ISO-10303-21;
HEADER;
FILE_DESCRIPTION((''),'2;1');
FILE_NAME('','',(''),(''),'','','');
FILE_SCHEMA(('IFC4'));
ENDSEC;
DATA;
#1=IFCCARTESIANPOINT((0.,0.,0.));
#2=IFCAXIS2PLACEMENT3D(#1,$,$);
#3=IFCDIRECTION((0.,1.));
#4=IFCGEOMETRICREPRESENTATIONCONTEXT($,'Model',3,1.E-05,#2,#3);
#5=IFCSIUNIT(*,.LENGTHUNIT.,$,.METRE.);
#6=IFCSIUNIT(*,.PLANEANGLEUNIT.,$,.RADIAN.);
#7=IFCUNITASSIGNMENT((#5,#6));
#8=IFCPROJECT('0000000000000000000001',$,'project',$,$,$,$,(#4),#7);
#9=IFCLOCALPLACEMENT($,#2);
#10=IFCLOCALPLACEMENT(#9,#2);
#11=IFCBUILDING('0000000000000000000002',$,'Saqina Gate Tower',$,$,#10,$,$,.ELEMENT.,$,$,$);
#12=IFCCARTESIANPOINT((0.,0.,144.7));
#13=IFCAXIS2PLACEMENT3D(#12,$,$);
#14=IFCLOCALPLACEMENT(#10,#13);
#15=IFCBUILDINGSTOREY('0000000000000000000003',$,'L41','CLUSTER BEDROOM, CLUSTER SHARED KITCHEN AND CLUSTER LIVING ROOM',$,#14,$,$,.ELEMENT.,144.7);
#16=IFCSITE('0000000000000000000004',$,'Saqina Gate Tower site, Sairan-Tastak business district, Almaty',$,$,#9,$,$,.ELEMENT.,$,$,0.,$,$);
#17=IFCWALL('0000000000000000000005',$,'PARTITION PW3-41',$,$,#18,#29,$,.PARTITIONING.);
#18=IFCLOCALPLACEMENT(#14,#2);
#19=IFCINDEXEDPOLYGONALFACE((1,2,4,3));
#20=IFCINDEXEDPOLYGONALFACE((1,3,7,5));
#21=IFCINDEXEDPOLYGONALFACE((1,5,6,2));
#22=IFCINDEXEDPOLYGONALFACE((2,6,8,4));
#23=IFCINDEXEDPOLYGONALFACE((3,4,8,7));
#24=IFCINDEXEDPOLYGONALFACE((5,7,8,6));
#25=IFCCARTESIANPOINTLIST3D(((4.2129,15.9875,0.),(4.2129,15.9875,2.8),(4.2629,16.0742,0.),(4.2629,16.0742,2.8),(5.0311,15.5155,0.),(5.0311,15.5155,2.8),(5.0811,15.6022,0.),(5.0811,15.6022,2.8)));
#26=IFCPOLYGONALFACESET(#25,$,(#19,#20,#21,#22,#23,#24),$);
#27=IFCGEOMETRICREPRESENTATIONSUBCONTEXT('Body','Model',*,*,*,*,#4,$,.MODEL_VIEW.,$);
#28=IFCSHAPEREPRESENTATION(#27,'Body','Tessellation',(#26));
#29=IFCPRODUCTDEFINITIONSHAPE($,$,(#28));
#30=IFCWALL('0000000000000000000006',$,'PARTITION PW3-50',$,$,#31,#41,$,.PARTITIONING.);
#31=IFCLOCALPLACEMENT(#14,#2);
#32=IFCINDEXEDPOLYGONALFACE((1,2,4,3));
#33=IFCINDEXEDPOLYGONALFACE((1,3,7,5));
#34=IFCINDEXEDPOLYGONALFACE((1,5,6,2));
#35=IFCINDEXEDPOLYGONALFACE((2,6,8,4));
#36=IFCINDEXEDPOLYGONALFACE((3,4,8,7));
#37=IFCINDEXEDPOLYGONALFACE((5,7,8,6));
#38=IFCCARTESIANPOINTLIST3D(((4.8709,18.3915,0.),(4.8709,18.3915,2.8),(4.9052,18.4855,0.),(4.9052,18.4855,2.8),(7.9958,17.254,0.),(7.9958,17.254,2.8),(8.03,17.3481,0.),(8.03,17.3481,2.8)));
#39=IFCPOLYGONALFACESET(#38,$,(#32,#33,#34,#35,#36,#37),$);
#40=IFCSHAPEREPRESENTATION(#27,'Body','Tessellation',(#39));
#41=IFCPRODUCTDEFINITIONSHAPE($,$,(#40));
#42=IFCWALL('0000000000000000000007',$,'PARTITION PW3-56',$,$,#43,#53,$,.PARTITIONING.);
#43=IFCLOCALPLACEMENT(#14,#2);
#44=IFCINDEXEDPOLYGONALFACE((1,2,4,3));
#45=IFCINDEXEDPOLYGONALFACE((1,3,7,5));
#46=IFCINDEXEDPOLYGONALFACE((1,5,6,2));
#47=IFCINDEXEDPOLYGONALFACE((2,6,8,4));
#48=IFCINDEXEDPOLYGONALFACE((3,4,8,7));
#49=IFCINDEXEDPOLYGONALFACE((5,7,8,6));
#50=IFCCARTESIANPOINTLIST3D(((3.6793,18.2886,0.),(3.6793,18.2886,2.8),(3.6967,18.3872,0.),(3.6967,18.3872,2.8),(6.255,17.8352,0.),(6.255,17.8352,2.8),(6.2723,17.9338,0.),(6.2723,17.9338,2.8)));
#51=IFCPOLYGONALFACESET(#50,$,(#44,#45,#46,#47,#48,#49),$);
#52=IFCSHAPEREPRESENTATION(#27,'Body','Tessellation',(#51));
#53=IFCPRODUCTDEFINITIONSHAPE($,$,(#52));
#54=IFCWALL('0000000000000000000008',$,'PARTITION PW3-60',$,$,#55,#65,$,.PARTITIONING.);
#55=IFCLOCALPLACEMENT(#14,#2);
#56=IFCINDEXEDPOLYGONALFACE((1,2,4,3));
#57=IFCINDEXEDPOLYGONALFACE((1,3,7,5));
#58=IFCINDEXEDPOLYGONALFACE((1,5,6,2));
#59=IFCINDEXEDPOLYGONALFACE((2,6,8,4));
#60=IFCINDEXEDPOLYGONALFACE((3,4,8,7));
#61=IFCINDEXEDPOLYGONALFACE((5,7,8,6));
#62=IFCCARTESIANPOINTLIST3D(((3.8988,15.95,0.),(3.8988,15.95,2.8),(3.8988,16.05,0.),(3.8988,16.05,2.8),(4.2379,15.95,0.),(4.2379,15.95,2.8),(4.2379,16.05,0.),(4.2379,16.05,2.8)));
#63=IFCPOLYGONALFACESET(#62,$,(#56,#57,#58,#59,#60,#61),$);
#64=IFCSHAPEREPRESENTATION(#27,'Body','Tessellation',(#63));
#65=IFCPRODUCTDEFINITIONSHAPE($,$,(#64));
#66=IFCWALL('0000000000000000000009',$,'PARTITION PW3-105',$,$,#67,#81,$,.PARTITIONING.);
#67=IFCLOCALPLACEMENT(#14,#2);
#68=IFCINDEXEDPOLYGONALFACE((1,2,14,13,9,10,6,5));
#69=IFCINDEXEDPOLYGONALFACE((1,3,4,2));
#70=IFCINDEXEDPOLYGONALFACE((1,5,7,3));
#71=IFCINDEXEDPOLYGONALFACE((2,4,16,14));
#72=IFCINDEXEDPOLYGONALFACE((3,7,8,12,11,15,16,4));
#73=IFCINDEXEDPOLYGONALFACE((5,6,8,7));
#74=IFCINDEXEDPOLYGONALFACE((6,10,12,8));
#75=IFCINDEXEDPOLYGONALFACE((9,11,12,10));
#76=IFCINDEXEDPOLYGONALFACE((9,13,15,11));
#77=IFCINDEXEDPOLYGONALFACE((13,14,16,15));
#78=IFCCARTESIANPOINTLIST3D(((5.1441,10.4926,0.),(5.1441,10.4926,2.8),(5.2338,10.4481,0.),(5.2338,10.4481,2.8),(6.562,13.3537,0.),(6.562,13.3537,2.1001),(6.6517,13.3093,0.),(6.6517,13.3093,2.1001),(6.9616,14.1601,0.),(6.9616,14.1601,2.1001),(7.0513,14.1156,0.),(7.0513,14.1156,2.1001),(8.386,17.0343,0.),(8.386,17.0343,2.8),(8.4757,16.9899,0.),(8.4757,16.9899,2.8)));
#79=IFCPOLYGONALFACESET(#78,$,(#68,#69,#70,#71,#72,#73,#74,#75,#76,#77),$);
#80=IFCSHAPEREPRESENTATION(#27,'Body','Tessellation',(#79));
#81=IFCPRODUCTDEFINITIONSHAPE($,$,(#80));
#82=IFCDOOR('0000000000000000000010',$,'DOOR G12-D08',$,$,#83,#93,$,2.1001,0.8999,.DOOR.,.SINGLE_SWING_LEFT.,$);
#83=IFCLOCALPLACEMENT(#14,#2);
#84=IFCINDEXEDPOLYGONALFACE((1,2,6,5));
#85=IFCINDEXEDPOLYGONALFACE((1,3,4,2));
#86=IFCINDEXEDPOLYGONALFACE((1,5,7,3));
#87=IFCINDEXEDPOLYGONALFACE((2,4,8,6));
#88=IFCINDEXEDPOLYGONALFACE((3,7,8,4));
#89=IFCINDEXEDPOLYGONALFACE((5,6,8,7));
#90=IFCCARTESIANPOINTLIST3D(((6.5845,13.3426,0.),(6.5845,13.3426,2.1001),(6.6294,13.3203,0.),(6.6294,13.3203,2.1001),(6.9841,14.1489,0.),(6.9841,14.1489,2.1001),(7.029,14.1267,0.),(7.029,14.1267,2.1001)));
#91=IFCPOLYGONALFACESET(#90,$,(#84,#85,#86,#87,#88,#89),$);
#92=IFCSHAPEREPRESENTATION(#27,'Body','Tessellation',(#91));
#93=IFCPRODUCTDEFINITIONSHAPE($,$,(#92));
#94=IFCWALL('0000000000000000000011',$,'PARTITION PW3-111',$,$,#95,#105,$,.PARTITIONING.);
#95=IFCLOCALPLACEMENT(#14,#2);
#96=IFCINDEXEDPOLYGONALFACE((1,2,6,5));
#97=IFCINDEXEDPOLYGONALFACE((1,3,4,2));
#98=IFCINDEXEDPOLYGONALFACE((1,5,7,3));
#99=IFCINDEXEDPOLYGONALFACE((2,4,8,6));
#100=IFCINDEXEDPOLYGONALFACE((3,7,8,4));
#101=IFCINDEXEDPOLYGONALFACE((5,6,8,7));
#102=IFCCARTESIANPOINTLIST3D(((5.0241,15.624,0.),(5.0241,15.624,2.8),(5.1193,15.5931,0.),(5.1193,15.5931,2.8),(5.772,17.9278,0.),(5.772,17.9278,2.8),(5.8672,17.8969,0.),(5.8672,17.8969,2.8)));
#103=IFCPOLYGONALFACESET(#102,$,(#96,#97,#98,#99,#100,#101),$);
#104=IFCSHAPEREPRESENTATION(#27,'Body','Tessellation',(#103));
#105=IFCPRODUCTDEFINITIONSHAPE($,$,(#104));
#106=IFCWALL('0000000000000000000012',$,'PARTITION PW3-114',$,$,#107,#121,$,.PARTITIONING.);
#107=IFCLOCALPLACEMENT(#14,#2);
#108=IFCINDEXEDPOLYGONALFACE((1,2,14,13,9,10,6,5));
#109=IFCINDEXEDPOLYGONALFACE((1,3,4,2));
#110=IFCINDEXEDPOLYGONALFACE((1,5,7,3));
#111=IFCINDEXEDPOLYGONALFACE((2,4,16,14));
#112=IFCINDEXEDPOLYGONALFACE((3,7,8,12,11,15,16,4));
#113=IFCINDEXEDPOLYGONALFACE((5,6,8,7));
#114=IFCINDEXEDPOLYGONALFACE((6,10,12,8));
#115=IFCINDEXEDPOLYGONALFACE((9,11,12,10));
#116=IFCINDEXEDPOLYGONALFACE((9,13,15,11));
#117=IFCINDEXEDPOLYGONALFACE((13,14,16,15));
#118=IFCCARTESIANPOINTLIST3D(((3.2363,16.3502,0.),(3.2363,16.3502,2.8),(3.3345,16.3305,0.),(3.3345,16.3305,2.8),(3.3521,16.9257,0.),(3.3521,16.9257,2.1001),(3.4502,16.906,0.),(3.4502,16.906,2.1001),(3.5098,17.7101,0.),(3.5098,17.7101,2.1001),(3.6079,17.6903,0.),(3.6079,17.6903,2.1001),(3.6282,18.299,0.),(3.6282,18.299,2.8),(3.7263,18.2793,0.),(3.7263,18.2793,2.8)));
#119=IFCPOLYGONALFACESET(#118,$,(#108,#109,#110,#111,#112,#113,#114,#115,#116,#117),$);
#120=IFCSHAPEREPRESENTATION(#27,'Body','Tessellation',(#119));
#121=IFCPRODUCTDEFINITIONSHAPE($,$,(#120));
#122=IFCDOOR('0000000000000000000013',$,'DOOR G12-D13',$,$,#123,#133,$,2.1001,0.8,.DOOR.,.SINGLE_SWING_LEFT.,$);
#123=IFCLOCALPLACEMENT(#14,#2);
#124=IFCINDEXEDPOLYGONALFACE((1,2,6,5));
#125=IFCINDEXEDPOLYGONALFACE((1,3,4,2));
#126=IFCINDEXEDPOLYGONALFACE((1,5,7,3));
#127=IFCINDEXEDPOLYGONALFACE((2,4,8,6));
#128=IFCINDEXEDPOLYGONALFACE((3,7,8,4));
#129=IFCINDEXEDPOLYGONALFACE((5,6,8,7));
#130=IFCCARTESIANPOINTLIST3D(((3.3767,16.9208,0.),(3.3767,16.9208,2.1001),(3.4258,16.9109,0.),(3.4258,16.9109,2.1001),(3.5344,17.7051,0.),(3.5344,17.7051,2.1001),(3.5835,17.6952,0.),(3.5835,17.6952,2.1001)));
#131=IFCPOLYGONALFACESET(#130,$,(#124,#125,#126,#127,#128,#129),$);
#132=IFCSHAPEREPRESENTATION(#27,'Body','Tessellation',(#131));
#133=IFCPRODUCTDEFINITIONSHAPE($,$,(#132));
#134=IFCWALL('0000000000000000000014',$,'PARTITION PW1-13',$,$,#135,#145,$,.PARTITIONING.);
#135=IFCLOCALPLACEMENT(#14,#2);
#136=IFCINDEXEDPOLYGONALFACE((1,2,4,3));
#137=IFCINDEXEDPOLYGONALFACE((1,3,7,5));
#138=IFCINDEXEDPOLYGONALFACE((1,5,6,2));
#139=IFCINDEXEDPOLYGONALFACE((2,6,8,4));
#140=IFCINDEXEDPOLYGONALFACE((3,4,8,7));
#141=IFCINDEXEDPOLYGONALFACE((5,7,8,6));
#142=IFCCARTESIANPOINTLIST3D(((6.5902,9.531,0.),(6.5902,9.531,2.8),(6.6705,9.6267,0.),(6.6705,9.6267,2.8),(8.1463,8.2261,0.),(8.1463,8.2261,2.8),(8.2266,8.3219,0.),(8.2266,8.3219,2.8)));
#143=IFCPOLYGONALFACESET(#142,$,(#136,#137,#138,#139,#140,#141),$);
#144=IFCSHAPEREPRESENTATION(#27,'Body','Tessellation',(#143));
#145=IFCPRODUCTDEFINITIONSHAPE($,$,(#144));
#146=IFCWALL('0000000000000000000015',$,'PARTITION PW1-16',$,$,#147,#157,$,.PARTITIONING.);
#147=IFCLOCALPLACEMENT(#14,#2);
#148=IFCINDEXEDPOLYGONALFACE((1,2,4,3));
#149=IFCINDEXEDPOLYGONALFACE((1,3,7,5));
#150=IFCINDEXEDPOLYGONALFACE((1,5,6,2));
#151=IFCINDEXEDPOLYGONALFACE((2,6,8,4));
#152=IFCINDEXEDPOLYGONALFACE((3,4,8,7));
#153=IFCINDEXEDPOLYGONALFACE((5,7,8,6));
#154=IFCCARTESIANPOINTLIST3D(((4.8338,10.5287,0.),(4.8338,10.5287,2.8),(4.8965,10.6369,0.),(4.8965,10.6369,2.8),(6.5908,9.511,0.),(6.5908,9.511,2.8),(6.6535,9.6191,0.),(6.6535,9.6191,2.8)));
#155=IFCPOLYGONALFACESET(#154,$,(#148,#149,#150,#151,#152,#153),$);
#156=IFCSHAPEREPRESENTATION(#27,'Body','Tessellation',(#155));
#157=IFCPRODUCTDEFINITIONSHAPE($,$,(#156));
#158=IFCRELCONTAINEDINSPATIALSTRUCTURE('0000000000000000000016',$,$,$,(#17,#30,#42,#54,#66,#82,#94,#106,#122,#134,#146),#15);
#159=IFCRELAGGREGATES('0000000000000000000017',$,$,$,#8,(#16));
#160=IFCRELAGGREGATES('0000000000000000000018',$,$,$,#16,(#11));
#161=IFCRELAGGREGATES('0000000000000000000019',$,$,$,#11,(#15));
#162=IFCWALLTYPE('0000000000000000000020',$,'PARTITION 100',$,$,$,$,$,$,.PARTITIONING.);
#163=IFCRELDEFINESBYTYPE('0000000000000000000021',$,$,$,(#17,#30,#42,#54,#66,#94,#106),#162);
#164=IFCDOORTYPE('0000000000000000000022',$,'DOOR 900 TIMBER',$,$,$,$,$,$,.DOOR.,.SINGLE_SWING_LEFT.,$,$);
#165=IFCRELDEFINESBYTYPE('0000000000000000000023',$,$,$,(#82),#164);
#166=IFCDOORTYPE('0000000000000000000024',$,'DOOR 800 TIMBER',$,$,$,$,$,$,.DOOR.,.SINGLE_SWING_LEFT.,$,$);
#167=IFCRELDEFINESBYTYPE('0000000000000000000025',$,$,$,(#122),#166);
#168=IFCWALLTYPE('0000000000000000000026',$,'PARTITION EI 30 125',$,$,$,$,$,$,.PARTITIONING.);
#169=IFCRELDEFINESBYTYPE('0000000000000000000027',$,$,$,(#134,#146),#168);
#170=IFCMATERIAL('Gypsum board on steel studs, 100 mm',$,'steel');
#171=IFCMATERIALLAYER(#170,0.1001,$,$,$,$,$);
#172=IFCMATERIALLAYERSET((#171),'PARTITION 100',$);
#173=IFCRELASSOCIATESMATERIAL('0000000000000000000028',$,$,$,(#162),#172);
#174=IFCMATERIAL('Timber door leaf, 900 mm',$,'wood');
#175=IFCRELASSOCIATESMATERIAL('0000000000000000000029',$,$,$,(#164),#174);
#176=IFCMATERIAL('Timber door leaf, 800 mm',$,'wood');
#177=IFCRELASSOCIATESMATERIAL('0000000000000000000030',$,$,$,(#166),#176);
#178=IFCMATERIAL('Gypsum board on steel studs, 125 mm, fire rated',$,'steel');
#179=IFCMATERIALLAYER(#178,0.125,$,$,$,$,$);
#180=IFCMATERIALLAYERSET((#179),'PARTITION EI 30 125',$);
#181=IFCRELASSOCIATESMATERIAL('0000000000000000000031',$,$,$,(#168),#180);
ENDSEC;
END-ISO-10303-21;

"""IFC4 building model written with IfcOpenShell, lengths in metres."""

from ifc_helpers import new_model, si_unit, direction, frame, frame_2d, origin, place, context, subcontext, project, spatial, rectangle, extrude, material, layer, layer_set, type_object, element, fill, save


model = new_model("IFC4")

# Units and contexts
model_context = context("Model", 3, precision=1e-05, world=origin(), true_north=direction((0.0, 1.0)))
body_context = subcontext(model_context, "Body", "Model", "MODEL_VIEW")
ifc_project = project(units=[si_unit("LENGTHUNIT", "METRE"), si_unit("PLANEANGLEUNIT", "RADIAN")], contexts=[model_context])

# Site, building, storey
site_placement = place(None, origin())
site = spatial("IfcSite", under=ifc_project, at=site_placement, Name="Saqina Gate Tower site, Sairan-Tastak business district, Almaty", CompositionType="ELEMENT", RefElevation=0.0)
building_placement = place(site_placement, origin())
building = spatial("IfcBuilding", under=site, at=building_placement, Name="Saqina Gate Tower", CompositionType="ELEMENT")
storey_placement = place(building_placement, frame((0.0, 0.0, 144.7)))
storey = spatial("IfcBuildingStorey", under=building, at=storey_placement, Name="L41", Description="CLUSTER BEDROOM, CLUSTER SHARED KITCHEN AND CLUSTER LIVING ROOM", CompositionType="ELEMENT", Elevation=144.7)

# Walls
ifc_material_1 = material(Name="Gypsum board on steel studs, 100 mm", Category="steel")
ifc_layer_1 = layer(ifc_material_1, 0.1001)
ifc_layer_set_1 = layer_set([ifc_layer_1], Name="PARTITION 100")
wall_type_1 = type_object("IfcWallType", Name="PARTITION 100", PredefinedType="PARTITIONING", material=ifc_layer_set_1)
wall_1_placement = place(storey_placement, frame((4.238, 16.0308, 0.0), z_axis=(0.0, 0.0, 1.0), x_axis=(0.866216, -0.49967, 0.0)))
element("IfcWall", 1, at=wall_1_placement, inside=storey, type_object=wall_type_1, Name="PARTITION PW3-41", PredefinedType="PARTITIONING", context=body_context, shape_type="SweptSolid", body=[
    extrude(rectangle(XDim=0.9446, YDim=0.1001, at=frame_2d((0.4722, 0.0))), origin(), (0.0, 0.0, 1.0), 2.8),
])
wall_2_placement = place(storey_placement, frame((4.8882, 18.4385, 0.0), z_axis=(0.0, 0.0, 1.0), x_axis=(0.93968, -0.342055, 0.0)))
element("IfcWall", 2, at=wall_2_placement, inside=storey, type_object=wall_type_1, Name="PARTITION PW3-50", PredefinedType="PARTITIONING", context=body_context, shape_type="SweptSolid", body=[
    extrude(rectangle(XDim=3.3254, YDim=0.1001, at=frame_2d((1.6626, 0.0))), origin(), (0.0, 0.0, 1.0), 2.8),
])
wall_3_placement = place(storey_placement, frame((3.688, 18.3379, 0.0), z_axis=(0.0, 0.0, 1.0), x_axis=(0.98486, -0.173354, 0.0)))
element("IfcWall", 3, at=wall_3_placement, inside=storey, type_object=wall_type_1, Name="PARTITION PW3-56", PredefinedType="PARTITIONING", context=body_context, shape_type="SweptSolid", body=[
    extrude(rectangle(XDim=2.6152, YDim=0.1001, at=frame_2d((1.3076, 0.0))), origin(), (0.0, 0.0, 1.0), 2.8),
])
wall_4_placement = place(storey_placement, frame((3.8989, 16.0, 0.0), z_axis=(0.0, 0.0, 1.0), x_axis=(1.0, 0.0, 0.0)))
element("IfcWall", 4, at=wall_4_placement, inside=storey, type_object=wall_type_1, Name="PARTITION PW3-60", PredefinedType="PARTITIONING", context=body_context, shape_type="SweptSolid", body=[
    extrude(rectangle(XDim=0.3391, YDim=0.1001, at=frame_2d((0.1694, 0.0))), origin(), (0.0, 0.0, 1.0), 2.8),
])

# Wall, opening, door
wall_5_placement = place(storey_placement, frame((5.189, 10.4705, 0.0), z_axis=(0.0, 0.0, 1.0), x_axis=(0.444041, 0.896007, 0.0)))
wall_5 = element("IfcWall", 5, at=wall_5_placement, inside=storey, type_object=wall_type_1, Name="PARTITION PW3-105", PredefinedType="PARTITIONING", context=body_context, shape_type="SweptSolid", body=[
    extrude(rectangle(XDim=7.301, YDim=0.1001, at=frame_2d((3.6504, 0.0))), origin(), (0.0, 0.0, 1.0), 2.8),
])
opening_1_placement = place(wall_5_placement, frame((3.1931, 0.0, 0.0)))
opening_1 = element("IfcOpeningElement", 6, at=opening_1_placement, cuts=wall_5, PredefinedType="OPENING", context=body_context, shape_type="SweptSolid", body=[
    extrude(rectangle(XDim=0.8999, YDim=2.1001, at=frame_2d((0.45, 1.05))), frame((0.0, 0.062, 0.0), z_axis=(0.0, -1.0, 0.0), x_axis=(1.0, 0.0, 0.0)), (0.0, 0.0, 1.0), 0.124),
])
ifc_material_2 = material(Name="Timber door leaf, 900 mm", Category="wood")
door_type_1 = type_object("IfcDoorType", Name="DOOR 900 TIMBER", OperationType="SINGLE_SWING_LEFT", PredefinedType="DOOR", material=ifc_material_2)
door_1_placement = place(opening_1_placement, origin())
door_1 = element("IfcDoor", 7, at=door_1_placement, inside=storey, type_object=door_type_1, Name="DOOR G12-D08", OperationType="SINGLE_SWING_LEFT", OverallHeight=2.1001, OverallWidth=0.8999, PredefinedType="DOOR", context=body_context, shape_type="SweptSolid", body=[
    extrude(rectangle(XDim=0.8999, YDim=2.1001, at=frame_2d((0.45, 1.05))), frame((0.0, 0.0249, 0.0), z_axis=(0.0, -1.0, 0.0), x_axis=(1.0, 0.0, 0.0)), (0.0, 0.0, 1.0), 0.05),
])
fill(opening_1, door_1)

# Wall
wall_6_placement = place(storey_placement, frame((5.0718, 15.6086, 0.0), z_axis=(0.0, 0.0, 1.0), x_axis=(0.308749, 0.951144, 0.0)))
element("IfcWall", 8, at=wall_6_placement, inside=storey, type_object=wall_type_1, Name="PARTITION PW3-111", PredefinedType="PARTITIONING", context=body_context, shape_type="SweptSolid", body=[
    extrude(rectangle(XDim=2.4221, YDim=0.1001, at=frame_2d((1.2109, 0.0))), origin(), (0.0, 0.0, 1.0), 2.8),
])

# Wall, opening, door
wall_7_placement = place(storey_placement, frame((3.2854, 16.3403, 0.0), z_axis=(0.0, 0.0, 1.0), x_axis=(0.197132, 0.980377, 0.0)))
wall_7 = element("IfcWall", 9, at=wall_7_placement, inside=storey, type_object=wall_type_1, Name="PARTITION PW3-114", PredefinedType="PARTITIONING", context=body_context, shape_type="SweptSolid", body=[
    extrude(rectangle(XDim=1.9878, YDim=0.1001, at=frame_2d((0.9939, 0.0))), origin(), (0.0, 0.0, 1.0), 2.8),
])
opening_2_placement = place(wall_7_placement, frame((0.5872, 0.0, 0.0)))
opening_2 = element("IfcOpeningElement", 10, at=opening_2_placement, cuts=wall_7, PredefinedType="OPENING", context=body_context, shape_type="SweptSolid", body=[
    extrude(rectangle(XDim=0.8, YDim=2.1001, at=frame_2d((0.3999, 1.05))), frame((0.0, 0.062, 0.0), z_axis=(0.0, -1.0, 0.0), x_axis=(1.0, 0.0, 0.0)), (0.0, 0.0, 1.0), 0.124),
])
ifc_material_3 = material(Name="Timber door leaf, 800 mm", Category="wood")
door_type_2 = type_object("IfcDoorType", Name="DOOR 800 TIMBER", OperationType="SINGLE_SWING_LEFT", PredefinedType="DOOR", material=ifc_material_3)
door_2_placement = place(opening_2_placement, origin())
door_2 = element("IfcDoor", 11, at=door_2_placement, inside=storey, type_object=door_type_2, Name="DOOR G12-D13", OperationType="SINGLE_SWING_LEFT", OverallHeight=2.1001, OverallWidth=0.8, PredefinedType="DOOR", context=body_context, shape_type="SweptSolid", body=[
    extrude(rectangle(XDim=0.8, YDim=2.1001, at=frame_2d((0.3999, 1.05))), frame((0.0, 0.0249, 0.0), z_axis=(0.0, -1.0, 0.0), x_axis=(1.0, 0.0, 0.0)), (0.0, 0.0, 1.0), 0.05),
])
fill(opening_2, door_2)

# Walls
ifc_material_4 = material(Name="Gypsum board on steel studs, 125 mm, fire rated", Category="steel")
ifc_layer_2 = layer(ifc_material_4, 0.125)
ifc_layer_set_2 = layer_set([ifc_layer_2], Name="PARTITION EI 30 125")
wall_type_2 = type_object("IfcWallType", Name="PARTITION EI 30 125", PredefinedType="PARTITIONING", material=ifc_layer_set_2)
wall_8_placement = place(storey_placement, frame((6.6304, 9.5789, 0.0), z_axis=(0.0, 0.0, 1.0), x_axis=(0.766247, -0.642546, 0.0)))
element("IfcWall", 12, at=wall_8_placement, inside=storey, type_object=wall_type_2, Name="PARTITION PW1-13", PredefinedType="PARTITIONING", context=body_context, shape_type="SweptSolid", body=[
    extrude(rectangle(XDim=2.0308, YDim=0.125, at=frame_2d((1.0154, 0.0))), origin(), (0.0, 0.0, 1.0), 2.8),
])
wall_9_placement = place(storey_placement, frame((4.8652, 10.5828, 0.0), z_axis=(0.0, 0.0, 1.0), x_axis=(0.865306, -0.501245, 0.0)))
element("IfcWall", 13, at=wall_9_placement, inside=storey, type_object=wall_type_2, Name="PARTITION PW1-16", PredefinedType="PARTITIONING", context=body_context, shape_type="SweptSolid", body=[
    extrude(rectangle(XDim=2.0305, YDim=0.125, at=frame_2d((1.0151, 0.0))), origin(), (0.0, 0.0, 1.0), 2.8),
])

save(model, "model.ifc")
